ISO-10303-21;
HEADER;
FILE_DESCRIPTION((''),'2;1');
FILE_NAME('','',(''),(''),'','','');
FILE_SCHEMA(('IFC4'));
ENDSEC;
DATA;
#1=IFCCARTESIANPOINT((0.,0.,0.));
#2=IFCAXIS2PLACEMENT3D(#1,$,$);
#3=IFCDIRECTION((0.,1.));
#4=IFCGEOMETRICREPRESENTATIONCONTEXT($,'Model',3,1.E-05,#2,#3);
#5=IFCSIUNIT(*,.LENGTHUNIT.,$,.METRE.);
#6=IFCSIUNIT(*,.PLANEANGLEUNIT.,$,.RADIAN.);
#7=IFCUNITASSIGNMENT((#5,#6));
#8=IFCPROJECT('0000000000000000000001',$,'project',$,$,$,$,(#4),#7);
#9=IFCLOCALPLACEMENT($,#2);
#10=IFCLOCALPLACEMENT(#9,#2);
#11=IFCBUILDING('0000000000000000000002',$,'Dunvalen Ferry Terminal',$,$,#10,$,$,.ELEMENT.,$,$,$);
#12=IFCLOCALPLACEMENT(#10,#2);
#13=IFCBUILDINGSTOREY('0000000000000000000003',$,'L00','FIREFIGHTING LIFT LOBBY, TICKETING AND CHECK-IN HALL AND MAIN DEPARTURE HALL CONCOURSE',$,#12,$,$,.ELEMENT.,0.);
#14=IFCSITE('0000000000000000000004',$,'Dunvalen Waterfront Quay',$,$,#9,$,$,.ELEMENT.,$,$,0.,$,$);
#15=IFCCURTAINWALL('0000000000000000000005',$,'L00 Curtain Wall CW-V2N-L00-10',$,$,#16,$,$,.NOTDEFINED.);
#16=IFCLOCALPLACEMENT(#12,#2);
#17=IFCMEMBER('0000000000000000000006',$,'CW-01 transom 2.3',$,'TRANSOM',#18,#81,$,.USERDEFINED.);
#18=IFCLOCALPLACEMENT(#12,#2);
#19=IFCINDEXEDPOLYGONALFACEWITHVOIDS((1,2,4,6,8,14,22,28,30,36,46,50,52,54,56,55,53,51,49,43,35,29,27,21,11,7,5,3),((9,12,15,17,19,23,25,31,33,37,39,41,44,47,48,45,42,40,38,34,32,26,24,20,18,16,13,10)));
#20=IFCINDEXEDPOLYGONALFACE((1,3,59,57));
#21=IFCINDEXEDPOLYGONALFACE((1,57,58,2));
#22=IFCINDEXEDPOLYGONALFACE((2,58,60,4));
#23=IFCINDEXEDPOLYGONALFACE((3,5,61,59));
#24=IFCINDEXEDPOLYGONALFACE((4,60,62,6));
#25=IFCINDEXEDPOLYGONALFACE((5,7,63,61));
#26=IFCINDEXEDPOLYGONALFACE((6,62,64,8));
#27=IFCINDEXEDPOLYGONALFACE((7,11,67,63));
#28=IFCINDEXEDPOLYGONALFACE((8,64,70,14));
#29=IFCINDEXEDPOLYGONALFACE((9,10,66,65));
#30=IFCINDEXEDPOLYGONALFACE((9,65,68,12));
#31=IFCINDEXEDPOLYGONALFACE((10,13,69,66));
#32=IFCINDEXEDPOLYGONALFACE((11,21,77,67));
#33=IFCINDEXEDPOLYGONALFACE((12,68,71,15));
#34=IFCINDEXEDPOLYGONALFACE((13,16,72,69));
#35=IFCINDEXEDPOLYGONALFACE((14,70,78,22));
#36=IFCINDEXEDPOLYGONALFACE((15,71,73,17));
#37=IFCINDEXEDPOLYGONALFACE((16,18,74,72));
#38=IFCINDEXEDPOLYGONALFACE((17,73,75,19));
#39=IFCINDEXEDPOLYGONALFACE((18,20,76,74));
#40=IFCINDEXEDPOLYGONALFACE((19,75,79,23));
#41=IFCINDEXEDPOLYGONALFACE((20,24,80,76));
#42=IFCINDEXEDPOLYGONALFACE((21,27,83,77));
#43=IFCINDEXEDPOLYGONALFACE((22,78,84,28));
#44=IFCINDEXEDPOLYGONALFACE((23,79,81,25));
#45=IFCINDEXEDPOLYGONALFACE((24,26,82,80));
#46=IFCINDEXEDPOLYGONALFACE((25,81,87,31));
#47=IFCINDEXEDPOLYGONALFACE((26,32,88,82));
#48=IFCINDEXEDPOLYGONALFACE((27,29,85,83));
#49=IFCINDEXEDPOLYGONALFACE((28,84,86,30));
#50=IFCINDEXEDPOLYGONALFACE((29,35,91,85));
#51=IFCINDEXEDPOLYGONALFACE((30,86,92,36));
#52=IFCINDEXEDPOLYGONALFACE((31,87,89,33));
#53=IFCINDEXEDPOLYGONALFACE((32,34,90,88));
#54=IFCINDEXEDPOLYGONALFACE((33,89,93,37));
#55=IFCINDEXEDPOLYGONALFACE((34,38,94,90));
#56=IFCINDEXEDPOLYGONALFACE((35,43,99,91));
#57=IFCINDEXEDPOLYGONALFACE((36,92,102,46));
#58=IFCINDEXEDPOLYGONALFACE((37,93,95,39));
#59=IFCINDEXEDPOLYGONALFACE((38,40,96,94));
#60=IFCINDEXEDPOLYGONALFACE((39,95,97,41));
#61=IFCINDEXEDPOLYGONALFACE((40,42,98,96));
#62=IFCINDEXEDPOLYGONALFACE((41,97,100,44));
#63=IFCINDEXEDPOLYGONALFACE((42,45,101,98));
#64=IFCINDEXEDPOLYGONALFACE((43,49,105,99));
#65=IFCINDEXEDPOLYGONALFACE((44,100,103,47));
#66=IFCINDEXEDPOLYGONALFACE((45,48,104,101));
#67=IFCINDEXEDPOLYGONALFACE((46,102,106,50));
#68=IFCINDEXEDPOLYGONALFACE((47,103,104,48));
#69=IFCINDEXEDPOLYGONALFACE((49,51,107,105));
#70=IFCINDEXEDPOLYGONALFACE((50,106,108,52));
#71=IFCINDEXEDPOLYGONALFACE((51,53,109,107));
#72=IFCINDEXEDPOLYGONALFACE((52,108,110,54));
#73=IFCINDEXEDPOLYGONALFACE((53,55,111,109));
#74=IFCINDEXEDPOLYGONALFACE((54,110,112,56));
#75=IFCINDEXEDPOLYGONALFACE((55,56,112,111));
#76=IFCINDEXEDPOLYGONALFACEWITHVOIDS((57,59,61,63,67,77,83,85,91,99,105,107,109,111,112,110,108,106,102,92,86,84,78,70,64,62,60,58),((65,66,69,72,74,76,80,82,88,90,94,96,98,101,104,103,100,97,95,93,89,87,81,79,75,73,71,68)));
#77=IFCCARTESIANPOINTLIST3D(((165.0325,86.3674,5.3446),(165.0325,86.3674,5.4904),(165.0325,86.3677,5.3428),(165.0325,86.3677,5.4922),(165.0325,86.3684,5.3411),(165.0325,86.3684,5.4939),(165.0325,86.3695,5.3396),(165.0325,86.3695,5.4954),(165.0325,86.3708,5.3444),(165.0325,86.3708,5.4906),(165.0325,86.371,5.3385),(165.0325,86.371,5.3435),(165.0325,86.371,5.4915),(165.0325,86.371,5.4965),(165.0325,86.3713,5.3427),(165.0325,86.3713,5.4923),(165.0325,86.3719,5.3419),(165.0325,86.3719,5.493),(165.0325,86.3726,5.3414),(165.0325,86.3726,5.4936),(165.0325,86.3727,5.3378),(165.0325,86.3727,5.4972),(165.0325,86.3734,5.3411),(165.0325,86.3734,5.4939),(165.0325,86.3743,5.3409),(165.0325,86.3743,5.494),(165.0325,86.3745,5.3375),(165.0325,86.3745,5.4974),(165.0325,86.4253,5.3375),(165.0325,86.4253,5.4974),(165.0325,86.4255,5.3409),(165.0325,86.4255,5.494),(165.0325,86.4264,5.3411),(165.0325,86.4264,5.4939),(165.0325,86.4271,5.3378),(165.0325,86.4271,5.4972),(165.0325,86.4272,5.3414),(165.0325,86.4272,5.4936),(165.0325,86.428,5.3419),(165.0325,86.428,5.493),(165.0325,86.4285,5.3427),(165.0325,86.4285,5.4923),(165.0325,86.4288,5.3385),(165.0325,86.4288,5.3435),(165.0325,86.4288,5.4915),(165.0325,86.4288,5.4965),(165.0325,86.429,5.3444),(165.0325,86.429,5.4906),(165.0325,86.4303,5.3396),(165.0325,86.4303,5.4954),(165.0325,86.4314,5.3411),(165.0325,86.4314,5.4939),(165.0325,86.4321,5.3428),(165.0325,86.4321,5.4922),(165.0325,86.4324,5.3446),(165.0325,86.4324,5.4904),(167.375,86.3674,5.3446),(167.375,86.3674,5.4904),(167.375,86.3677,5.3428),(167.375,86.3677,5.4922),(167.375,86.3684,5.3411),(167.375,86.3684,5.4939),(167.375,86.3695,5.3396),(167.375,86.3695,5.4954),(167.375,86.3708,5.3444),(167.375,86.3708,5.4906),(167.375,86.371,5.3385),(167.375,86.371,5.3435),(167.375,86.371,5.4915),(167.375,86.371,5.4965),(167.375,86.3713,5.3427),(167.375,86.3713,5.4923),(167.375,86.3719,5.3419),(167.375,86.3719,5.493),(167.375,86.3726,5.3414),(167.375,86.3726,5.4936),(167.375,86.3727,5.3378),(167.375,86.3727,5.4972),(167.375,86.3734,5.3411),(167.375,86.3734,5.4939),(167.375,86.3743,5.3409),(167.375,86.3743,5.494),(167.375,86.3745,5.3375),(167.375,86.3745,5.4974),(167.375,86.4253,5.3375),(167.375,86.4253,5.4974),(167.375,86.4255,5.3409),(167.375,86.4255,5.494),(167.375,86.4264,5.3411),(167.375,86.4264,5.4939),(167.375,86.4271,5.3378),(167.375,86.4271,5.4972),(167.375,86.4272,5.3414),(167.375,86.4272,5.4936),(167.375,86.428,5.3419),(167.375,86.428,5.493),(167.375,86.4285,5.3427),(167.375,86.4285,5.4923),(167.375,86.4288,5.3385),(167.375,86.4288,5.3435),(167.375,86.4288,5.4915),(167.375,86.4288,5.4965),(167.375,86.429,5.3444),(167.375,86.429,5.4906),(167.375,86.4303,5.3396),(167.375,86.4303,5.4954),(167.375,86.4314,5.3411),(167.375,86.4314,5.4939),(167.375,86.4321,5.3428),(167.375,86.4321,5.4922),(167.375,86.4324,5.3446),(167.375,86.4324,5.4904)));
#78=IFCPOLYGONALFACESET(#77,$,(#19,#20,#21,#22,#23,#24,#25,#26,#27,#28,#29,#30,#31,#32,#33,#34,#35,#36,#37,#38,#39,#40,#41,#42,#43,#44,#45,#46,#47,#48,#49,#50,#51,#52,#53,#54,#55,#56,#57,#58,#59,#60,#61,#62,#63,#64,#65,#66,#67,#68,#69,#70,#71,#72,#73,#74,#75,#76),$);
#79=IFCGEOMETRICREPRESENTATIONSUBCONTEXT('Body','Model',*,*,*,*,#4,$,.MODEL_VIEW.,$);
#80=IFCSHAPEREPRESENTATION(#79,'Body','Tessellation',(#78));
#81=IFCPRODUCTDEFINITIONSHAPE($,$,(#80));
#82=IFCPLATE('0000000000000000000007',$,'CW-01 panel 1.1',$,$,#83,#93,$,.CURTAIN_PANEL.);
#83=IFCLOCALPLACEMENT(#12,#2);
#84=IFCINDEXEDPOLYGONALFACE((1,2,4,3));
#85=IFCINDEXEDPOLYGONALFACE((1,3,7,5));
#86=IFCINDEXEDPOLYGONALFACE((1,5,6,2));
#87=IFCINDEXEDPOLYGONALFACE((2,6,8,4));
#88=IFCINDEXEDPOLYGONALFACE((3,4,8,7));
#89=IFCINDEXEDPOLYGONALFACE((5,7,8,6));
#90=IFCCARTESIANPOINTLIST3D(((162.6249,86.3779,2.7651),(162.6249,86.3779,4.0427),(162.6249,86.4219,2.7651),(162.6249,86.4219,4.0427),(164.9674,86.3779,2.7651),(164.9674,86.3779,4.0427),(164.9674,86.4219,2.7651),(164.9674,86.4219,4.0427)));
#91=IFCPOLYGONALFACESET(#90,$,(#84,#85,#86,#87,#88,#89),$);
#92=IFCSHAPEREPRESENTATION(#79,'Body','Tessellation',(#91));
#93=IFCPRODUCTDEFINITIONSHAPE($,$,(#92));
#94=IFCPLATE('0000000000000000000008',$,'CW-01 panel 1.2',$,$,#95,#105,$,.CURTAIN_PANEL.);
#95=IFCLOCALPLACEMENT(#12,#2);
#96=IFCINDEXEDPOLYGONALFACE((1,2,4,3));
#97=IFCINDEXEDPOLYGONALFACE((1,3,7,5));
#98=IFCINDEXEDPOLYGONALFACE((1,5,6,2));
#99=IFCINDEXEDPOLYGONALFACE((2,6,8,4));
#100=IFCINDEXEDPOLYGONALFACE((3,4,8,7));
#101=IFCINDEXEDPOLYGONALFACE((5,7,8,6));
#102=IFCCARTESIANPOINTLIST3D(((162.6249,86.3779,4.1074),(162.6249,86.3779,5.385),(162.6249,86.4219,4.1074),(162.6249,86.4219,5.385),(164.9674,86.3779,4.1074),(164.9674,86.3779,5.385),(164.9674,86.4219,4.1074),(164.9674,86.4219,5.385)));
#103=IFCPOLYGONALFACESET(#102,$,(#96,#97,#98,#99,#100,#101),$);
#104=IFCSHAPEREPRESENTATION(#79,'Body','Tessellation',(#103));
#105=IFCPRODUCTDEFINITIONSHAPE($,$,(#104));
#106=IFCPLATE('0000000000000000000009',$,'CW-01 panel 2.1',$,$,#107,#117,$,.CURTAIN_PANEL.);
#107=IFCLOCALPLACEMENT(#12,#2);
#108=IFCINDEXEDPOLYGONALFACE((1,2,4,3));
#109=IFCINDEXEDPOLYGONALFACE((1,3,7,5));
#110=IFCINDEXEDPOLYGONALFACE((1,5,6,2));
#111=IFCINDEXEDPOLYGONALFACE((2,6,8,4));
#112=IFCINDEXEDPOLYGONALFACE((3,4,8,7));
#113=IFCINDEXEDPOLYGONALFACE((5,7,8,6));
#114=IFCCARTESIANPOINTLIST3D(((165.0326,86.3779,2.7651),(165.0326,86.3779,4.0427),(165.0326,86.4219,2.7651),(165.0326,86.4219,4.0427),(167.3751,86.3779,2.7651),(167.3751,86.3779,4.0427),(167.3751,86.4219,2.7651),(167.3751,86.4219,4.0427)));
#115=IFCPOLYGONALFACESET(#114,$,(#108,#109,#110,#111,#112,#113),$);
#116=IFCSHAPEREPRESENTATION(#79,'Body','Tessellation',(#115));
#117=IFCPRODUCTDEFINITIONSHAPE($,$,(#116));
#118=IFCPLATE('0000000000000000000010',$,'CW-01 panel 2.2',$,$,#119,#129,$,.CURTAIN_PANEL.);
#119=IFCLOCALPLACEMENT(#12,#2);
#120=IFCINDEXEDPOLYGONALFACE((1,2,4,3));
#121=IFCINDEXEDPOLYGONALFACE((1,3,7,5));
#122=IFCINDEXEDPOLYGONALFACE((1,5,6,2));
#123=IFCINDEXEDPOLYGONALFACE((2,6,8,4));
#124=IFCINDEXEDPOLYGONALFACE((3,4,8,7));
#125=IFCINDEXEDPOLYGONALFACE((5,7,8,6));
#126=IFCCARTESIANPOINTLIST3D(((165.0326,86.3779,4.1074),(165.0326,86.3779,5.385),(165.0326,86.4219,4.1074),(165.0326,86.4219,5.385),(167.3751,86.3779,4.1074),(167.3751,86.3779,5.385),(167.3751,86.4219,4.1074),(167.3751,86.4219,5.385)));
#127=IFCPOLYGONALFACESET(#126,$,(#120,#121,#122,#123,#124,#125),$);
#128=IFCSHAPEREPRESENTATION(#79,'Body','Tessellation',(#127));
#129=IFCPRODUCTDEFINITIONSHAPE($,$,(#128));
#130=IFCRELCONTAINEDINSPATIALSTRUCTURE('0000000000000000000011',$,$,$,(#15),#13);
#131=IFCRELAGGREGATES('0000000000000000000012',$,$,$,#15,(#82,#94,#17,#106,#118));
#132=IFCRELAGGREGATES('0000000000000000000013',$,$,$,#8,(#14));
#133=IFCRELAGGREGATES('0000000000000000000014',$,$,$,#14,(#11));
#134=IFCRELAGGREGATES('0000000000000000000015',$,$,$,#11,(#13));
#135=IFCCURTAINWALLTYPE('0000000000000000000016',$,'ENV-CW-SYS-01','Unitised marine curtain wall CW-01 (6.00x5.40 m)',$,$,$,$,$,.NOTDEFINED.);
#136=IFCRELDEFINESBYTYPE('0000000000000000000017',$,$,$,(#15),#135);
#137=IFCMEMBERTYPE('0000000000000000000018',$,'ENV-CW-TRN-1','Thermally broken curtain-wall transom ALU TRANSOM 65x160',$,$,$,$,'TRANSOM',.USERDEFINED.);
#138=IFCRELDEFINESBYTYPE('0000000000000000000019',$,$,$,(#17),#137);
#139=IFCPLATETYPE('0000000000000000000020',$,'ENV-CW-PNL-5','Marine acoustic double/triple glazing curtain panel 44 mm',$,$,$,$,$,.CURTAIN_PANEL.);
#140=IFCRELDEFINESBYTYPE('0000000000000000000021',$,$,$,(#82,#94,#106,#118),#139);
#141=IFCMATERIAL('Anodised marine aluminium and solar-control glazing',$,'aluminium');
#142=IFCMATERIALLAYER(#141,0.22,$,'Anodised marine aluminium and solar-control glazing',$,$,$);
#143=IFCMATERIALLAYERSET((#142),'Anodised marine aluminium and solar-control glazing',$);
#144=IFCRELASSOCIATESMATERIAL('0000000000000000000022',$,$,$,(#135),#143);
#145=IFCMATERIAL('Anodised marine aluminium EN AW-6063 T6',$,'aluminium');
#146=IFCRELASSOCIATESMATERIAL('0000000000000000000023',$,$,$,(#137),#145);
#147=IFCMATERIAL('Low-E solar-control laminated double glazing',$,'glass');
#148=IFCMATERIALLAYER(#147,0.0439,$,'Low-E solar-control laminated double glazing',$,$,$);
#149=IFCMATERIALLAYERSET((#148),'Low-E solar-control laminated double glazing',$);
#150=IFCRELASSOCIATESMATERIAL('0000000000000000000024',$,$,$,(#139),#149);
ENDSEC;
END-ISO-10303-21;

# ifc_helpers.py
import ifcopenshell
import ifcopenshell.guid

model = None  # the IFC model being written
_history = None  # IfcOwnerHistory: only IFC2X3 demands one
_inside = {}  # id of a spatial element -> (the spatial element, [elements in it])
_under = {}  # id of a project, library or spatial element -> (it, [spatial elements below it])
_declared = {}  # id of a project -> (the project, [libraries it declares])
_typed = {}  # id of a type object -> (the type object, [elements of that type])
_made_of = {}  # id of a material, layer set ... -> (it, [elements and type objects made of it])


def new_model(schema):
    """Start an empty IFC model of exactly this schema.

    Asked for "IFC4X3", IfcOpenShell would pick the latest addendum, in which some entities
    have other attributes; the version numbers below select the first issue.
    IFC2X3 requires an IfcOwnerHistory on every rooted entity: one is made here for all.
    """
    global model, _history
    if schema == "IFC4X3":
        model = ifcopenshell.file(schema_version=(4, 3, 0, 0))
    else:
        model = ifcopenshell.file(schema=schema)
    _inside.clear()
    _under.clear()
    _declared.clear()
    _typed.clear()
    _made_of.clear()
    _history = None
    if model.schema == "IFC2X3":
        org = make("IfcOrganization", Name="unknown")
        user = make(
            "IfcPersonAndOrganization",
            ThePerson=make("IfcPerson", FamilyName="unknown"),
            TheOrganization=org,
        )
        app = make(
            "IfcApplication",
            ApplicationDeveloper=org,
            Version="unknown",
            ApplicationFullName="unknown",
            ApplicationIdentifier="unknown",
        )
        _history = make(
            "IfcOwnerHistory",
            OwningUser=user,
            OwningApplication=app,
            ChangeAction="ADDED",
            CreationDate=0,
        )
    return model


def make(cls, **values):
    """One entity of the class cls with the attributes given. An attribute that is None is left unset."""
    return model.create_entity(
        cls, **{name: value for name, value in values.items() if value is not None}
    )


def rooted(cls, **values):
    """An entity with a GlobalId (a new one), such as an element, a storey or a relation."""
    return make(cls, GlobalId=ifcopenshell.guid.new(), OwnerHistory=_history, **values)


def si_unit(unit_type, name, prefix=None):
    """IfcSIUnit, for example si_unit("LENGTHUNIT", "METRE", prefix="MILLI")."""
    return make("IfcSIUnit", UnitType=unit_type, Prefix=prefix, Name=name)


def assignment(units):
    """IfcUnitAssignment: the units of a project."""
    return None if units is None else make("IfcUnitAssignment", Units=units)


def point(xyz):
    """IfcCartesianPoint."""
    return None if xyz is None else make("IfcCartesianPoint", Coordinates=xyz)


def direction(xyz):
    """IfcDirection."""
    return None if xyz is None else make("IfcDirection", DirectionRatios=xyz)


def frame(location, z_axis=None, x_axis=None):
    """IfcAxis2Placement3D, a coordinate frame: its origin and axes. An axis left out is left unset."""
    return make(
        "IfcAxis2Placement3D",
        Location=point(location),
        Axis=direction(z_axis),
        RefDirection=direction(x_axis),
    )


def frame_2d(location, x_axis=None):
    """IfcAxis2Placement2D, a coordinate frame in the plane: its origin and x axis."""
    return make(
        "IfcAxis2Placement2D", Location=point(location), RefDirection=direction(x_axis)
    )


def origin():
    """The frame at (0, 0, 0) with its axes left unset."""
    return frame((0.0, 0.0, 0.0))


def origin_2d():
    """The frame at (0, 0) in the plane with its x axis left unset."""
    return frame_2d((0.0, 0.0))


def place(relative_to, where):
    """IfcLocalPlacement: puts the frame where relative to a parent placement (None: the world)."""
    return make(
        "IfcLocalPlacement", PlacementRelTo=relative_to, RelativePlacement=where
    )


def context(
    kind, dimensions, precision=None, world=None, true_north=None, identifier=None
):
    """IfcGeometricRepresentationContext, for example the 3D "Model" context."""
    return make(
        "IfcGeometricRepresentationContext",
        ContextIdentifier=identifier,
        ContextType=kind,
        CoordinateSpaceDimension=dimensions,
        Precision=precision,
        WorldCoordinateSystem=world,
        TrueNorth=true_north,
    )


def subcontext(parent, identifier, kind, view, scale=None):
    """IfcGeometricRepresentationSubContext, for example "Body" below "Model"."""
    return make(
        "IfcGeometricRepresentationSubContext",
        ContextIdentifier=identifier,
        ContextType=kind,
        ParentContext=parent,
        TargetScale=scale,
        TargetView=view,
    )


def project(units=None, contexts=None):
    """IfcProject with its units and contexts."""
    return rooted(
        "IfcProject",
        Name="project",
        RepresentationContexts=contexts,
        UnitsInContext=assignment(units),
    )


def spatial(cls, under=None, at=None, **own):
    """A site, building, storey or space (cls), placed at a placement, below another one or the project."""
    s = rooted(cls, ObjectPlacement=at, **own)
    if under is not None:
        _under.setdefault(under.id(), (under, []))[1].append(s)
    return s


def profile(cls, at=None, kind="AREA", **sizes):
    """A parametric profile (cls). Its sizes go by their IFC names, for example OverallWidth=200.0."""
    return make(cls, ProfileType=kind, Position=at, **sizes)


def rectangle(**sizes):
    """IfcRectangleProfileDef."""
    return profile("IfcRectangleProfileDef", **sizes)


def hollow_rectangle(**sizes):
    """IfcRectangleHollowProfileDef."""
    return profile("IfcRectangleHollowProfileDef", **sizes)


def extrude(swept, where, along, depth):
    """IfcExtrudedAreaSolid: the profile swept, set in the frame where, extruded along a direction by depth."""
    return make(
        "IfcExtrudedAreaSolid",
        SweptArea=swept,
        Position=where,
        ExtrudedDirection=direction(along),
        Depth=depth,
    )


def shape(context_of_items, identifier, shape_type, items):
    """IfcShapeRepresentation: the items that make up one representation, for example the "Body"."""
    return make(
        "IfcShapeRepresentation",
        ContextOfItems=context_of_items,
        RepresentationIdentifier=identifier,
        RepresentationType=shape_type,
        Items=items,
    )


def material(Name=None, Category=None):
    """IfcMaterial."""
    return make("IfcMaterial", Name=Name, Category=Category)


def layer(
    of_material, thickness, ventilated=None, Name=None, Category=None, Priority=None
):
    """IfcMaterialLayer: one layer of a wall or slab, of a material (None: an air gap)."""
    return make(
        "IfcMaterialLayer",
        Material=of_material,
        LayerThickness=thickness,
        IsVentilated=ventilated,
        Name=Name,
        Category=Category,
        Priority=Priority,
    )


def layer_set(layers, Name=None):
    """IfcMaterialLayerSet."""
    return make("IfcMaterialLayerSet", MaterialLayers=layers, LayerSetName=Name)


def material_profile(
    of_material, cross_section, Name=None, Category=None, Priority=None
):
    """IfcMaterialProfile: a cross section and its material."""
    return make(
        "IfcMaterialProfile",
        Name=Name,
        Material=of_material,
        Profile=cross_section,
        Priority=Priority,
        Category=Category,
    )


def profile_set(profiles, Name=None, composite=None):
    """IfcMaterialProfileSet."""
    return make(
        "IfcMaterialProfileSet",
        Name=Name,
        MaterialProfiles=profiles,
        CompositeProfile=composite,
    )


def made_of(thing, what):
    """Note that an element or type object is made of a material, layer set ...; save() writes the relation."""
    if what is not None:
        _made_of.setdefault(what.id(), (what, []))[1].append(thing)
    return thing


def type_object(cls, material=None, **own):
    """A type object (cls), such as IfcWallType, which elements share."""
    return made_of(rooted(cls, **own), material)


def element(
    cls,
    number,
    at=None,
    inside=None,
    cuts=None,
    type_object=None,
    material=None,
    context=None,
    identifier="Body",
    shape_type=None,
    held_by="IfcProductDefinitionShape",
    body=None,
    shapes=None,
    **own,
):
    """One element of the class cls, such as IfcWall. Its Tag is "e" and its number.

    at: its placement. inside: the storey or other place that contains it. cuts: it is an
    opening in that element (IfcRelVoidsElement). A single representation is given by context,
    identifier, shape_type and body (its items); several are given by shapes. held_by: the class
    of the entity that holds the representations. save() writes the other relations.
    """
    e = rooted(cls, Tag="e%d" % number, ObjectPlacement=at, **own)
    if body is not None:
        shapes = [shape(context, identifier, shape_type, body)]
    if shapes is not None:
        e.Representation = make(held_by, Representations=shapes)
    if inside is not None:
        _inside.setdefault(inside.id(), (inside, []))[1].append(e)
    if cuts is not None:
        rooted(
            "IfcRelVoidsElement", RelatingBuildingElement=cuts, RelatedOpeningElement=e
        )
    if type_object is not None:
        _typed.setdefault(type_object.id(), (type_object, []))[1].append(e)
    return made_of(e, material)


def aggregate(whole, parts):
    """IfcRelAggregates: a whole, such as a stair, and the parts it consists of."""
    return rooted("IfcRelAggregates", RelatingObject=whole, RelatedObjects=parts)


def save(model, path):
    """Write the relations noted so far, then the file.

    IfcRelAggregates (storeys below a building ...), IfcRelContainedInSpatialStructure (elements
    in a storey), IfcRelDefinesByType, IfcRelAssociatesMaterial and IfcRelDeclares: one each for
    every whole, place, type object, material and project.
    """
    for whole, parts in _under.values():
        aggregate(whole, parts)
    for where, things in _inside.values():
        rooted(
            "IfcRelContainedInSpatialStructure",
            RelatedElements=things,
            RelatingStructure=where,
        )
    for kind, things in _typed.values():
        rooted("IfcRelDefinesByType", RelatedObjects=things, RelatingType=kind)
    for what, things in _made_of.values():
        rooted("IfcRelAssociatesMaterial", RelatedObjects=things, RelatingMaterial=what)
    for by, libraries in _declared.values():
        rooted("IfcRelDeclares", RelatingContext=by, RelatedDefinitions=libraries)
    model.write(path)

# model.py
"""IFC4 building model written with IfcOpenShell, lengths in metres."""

from ifc_helpers import new_model, si_unit, direction, frame, origin, origin_2d, place, context, subcontext, project, spatial, rectangle, hollow_rectangle, extrude, material, layer, layer_set, material_profile, profile_set, type_object, element, aggregate, save


model = new_model("IFC4")

# Units and contexts
model_context = context("Model", 3, precision=1e-05, world=origin(), true_north=direction((0.0, 1.0)))
body_context = subcontext(model_context, "Body", "Model", "MODEL_VIEW")
ifc_project = project(units=[si_unit("LENGTHUNIT", "METRE"), si_unit("PLANEANGLEUNIT", "RADIAN")], contexts=[model_context])

# Site, building, storey
site_placement = place(None, origin())
site = spatial("IfcSite", under=ifc_project, at=site_placement, Name="Dunvalen Waterfront Quay", CompositionType="ELEMENT", RefElevation=0.0)
building_placement = place(site_placement, origin())
building = spatial("IfcBuilding", under=site, at=building_placement, Name="Dunvalen Ferry Terminal", CompositionType="ELEMENT")
storey_placement = place(building_placement, origin())
storey = spatial("IfcBuildingStorey", under=building, at=storey_placement, Name="L00", Description="FIREFIGHTING LIFT LOBBY, TICKETING AND CHECK-IN HALL AND MAIN DEPARTURE HALL CONCOURSE", CompositionType="ELEMENT", Elevation=0.0)

# Curtain wall, member, plates
ifc_material_1 = material(Name="Anodised marine aluminium and solar-control glazing", Category="aluminium")
ifc_layer_1 = layer(ifc_material_1, 0.22, Name="Anodised marine aluminium and solar-control glazing")
ifc_layer_set_1 = layer_set([ifc_layer_1], Name="Anodised marine aluminium and solar-control glazing")
curtain_wall_type = type_object("IfcCurtainWallType", Name="ENV-CW-SYS-01", Description="Unitised marine curtain wall CW-01 (6.00x5.40 m)", PredefinedType="NOTDEFINED", material=ifc_layer_set_1)
curtain_wall_placement = place(storey_placement, origin())
curtain_wall = element("IfcCurtainWall", 1, at=curtain_wall_placement, inside=storey, type_object=curtain_wall_type, Name="L00 Curtain Wall CW-V2N-L00-10", PredefinedType="NOTDEFINED")
ifc_material_2 = material(Name="Anodised marine aluminium EN AW-6063 T6", Category="aluminium")
ifc_material_profile_1 = material_profile(ifc_material_2, hollow_rectangle(XDim=0.0649, YDim=0.1599, WallThickness=0.0034, InnerFilletRadius=0.0034, OuterFilletRadius=0.0071, at=origin_2d()), Name="Anodised marine aluminium EN AW-6063 T6")
ifc_profile_set_1 = profile_set([ifc_material_profile_1], Name="Anodised marine aluminium EN AW-6063 T6")
member_type_1 = type_object("IfcMemberType", Name="ENV-CW-TRN-1", Description="Thermally broken curtain-wall transom ALU TRANSOM 65x160", ElementType="TRANSOM", PredefinedType="USERDEFINED", material=ifc_profile_set_1)
member_1_placement = place(storey_placement, frame((165.0325, 86.3999, 5.4175), z_axis=(1.0, 0.0, 0.0), x_axis=(0.0, 1.0, 0.0)))
member_1 = element("IfcMember", 2, at=member_1_placement, type_object=member_type_1, Name="CW-01 transom 2.3", ObjectType="TRANSOM", PredefinedType="USERDEFINED", context=body_context, shape_type="SweptSolid", body=[
    extrude(hollow_rectangle(XDim=0.0649, YDim=0.1599, WallThickness=0.0034, InnerFilletRadius=0.0034, OuterFilletRadius=0.0071, at=origin_2d()), origin(), (0.0, 0.0, 1.0), 2.3425),
])
ifc_material_3 = material(Name="Low-E solar-control laminated double glazing", Category="glass")
ifc_layer_2 = layer(ifc_material_3, 0.0439, Name="Low-E solar-control laminated double glazing")
ifc_layer_set_2 = layer_set([ifc_layer_2], Name="Low-E solar-control laminated double glazing")
plate_type = type_object("IfcPlateType", Name="ENV-CW-PNL-5", Description="Marine acoustic double/triple glazing curtain panel 44 mm", PredefinedType="CURTAIN_PANEL", material=ifc_layer_set_2)
plate_1_placement = place(storey_placement, frame((163.7961, 86.3999, 2.7651), z_axis=(0.0, 0.0, 1.0), x_axis=(1.0, 0.0, 0.0)))
plate_1 = element("IfcPlate", 3, at=plate_1_placement, type_object=plate_type, Name="CW-01 panel 1.1", PredefinedType="CURTAIN_PANEL", context=body_context, shape_type="SweptSolid", body=[
    extrude(rectangle(XDim=2.3425, YDim=0.0439, at=origin_2d()), origin(), (0.0, 0.0, 1.0), 1.2776),
])
plate_2_placement = place(storey_placement, frame((163.7961, 86.3999, 4.1074), z_axis=(0.0, 0.0, 1.0), x_axis=(1.0, 0.0, 0.0)))
plate_2 = element("IfcPlate", 4, at=plate_2_placement, type_object=plate_type, Name="CW-01 panel 1.2", PredefinedType="CURTAIN_PANEL", context=body_context, shape_type="SweptSolid", body=[
    extrude(rectangle(XDim=2.3425, YDim=0.0439, at=origin_2d()), origin(), (0.0, 0.0, 1.0), 1.2776),
])
plate_3_placement = place(storey_placement, frame((166.2039, 86.3999, 2.7651), z_axis=(0.0, 0.0, 1.0), x_axis=(1.0, 0.0, 0.0)))
plate_3 = element("IfcPlate", 5, at=plate_3_placement, type_object=plate_type, Name="CW-01 panel 2.1", PredefinedType="CURTAIN_PANEL", context=body_context, shape_type="SweptSolid", body=[
    extrude(rectangle(XDim=2.3425, YDim=0.0439, at=origin_2d()), origin(), (0.0, 0.0, 1.0), 1.2776),
])
plate_4_placement = place(storey_placement, frame((166.2039, 86.3999, 4.1074), z_axis=(0.0, 0.0, 1.0), x_axis=(1.0, 0.0, 0.0)))
plate_4 = element("IfcPlate", 6, at=plate_4_placement, type_object=plate_type, Name="CW-01 panel 2.2", PredefinedType="CURTAIN_PANEL", context=body_context, shape_type="SweptSolid", body=[
    extrude(rectangle(XDim=2.3425, YDim=0.0439, at=origin_2d()), origin(), (0.0, 0.0, 1.0), 1.2776),
])
aggregate(curtain_wall, [plate_1, plate_2, member_1, plate_3, plate_4])

save(model, "model.ifc")
